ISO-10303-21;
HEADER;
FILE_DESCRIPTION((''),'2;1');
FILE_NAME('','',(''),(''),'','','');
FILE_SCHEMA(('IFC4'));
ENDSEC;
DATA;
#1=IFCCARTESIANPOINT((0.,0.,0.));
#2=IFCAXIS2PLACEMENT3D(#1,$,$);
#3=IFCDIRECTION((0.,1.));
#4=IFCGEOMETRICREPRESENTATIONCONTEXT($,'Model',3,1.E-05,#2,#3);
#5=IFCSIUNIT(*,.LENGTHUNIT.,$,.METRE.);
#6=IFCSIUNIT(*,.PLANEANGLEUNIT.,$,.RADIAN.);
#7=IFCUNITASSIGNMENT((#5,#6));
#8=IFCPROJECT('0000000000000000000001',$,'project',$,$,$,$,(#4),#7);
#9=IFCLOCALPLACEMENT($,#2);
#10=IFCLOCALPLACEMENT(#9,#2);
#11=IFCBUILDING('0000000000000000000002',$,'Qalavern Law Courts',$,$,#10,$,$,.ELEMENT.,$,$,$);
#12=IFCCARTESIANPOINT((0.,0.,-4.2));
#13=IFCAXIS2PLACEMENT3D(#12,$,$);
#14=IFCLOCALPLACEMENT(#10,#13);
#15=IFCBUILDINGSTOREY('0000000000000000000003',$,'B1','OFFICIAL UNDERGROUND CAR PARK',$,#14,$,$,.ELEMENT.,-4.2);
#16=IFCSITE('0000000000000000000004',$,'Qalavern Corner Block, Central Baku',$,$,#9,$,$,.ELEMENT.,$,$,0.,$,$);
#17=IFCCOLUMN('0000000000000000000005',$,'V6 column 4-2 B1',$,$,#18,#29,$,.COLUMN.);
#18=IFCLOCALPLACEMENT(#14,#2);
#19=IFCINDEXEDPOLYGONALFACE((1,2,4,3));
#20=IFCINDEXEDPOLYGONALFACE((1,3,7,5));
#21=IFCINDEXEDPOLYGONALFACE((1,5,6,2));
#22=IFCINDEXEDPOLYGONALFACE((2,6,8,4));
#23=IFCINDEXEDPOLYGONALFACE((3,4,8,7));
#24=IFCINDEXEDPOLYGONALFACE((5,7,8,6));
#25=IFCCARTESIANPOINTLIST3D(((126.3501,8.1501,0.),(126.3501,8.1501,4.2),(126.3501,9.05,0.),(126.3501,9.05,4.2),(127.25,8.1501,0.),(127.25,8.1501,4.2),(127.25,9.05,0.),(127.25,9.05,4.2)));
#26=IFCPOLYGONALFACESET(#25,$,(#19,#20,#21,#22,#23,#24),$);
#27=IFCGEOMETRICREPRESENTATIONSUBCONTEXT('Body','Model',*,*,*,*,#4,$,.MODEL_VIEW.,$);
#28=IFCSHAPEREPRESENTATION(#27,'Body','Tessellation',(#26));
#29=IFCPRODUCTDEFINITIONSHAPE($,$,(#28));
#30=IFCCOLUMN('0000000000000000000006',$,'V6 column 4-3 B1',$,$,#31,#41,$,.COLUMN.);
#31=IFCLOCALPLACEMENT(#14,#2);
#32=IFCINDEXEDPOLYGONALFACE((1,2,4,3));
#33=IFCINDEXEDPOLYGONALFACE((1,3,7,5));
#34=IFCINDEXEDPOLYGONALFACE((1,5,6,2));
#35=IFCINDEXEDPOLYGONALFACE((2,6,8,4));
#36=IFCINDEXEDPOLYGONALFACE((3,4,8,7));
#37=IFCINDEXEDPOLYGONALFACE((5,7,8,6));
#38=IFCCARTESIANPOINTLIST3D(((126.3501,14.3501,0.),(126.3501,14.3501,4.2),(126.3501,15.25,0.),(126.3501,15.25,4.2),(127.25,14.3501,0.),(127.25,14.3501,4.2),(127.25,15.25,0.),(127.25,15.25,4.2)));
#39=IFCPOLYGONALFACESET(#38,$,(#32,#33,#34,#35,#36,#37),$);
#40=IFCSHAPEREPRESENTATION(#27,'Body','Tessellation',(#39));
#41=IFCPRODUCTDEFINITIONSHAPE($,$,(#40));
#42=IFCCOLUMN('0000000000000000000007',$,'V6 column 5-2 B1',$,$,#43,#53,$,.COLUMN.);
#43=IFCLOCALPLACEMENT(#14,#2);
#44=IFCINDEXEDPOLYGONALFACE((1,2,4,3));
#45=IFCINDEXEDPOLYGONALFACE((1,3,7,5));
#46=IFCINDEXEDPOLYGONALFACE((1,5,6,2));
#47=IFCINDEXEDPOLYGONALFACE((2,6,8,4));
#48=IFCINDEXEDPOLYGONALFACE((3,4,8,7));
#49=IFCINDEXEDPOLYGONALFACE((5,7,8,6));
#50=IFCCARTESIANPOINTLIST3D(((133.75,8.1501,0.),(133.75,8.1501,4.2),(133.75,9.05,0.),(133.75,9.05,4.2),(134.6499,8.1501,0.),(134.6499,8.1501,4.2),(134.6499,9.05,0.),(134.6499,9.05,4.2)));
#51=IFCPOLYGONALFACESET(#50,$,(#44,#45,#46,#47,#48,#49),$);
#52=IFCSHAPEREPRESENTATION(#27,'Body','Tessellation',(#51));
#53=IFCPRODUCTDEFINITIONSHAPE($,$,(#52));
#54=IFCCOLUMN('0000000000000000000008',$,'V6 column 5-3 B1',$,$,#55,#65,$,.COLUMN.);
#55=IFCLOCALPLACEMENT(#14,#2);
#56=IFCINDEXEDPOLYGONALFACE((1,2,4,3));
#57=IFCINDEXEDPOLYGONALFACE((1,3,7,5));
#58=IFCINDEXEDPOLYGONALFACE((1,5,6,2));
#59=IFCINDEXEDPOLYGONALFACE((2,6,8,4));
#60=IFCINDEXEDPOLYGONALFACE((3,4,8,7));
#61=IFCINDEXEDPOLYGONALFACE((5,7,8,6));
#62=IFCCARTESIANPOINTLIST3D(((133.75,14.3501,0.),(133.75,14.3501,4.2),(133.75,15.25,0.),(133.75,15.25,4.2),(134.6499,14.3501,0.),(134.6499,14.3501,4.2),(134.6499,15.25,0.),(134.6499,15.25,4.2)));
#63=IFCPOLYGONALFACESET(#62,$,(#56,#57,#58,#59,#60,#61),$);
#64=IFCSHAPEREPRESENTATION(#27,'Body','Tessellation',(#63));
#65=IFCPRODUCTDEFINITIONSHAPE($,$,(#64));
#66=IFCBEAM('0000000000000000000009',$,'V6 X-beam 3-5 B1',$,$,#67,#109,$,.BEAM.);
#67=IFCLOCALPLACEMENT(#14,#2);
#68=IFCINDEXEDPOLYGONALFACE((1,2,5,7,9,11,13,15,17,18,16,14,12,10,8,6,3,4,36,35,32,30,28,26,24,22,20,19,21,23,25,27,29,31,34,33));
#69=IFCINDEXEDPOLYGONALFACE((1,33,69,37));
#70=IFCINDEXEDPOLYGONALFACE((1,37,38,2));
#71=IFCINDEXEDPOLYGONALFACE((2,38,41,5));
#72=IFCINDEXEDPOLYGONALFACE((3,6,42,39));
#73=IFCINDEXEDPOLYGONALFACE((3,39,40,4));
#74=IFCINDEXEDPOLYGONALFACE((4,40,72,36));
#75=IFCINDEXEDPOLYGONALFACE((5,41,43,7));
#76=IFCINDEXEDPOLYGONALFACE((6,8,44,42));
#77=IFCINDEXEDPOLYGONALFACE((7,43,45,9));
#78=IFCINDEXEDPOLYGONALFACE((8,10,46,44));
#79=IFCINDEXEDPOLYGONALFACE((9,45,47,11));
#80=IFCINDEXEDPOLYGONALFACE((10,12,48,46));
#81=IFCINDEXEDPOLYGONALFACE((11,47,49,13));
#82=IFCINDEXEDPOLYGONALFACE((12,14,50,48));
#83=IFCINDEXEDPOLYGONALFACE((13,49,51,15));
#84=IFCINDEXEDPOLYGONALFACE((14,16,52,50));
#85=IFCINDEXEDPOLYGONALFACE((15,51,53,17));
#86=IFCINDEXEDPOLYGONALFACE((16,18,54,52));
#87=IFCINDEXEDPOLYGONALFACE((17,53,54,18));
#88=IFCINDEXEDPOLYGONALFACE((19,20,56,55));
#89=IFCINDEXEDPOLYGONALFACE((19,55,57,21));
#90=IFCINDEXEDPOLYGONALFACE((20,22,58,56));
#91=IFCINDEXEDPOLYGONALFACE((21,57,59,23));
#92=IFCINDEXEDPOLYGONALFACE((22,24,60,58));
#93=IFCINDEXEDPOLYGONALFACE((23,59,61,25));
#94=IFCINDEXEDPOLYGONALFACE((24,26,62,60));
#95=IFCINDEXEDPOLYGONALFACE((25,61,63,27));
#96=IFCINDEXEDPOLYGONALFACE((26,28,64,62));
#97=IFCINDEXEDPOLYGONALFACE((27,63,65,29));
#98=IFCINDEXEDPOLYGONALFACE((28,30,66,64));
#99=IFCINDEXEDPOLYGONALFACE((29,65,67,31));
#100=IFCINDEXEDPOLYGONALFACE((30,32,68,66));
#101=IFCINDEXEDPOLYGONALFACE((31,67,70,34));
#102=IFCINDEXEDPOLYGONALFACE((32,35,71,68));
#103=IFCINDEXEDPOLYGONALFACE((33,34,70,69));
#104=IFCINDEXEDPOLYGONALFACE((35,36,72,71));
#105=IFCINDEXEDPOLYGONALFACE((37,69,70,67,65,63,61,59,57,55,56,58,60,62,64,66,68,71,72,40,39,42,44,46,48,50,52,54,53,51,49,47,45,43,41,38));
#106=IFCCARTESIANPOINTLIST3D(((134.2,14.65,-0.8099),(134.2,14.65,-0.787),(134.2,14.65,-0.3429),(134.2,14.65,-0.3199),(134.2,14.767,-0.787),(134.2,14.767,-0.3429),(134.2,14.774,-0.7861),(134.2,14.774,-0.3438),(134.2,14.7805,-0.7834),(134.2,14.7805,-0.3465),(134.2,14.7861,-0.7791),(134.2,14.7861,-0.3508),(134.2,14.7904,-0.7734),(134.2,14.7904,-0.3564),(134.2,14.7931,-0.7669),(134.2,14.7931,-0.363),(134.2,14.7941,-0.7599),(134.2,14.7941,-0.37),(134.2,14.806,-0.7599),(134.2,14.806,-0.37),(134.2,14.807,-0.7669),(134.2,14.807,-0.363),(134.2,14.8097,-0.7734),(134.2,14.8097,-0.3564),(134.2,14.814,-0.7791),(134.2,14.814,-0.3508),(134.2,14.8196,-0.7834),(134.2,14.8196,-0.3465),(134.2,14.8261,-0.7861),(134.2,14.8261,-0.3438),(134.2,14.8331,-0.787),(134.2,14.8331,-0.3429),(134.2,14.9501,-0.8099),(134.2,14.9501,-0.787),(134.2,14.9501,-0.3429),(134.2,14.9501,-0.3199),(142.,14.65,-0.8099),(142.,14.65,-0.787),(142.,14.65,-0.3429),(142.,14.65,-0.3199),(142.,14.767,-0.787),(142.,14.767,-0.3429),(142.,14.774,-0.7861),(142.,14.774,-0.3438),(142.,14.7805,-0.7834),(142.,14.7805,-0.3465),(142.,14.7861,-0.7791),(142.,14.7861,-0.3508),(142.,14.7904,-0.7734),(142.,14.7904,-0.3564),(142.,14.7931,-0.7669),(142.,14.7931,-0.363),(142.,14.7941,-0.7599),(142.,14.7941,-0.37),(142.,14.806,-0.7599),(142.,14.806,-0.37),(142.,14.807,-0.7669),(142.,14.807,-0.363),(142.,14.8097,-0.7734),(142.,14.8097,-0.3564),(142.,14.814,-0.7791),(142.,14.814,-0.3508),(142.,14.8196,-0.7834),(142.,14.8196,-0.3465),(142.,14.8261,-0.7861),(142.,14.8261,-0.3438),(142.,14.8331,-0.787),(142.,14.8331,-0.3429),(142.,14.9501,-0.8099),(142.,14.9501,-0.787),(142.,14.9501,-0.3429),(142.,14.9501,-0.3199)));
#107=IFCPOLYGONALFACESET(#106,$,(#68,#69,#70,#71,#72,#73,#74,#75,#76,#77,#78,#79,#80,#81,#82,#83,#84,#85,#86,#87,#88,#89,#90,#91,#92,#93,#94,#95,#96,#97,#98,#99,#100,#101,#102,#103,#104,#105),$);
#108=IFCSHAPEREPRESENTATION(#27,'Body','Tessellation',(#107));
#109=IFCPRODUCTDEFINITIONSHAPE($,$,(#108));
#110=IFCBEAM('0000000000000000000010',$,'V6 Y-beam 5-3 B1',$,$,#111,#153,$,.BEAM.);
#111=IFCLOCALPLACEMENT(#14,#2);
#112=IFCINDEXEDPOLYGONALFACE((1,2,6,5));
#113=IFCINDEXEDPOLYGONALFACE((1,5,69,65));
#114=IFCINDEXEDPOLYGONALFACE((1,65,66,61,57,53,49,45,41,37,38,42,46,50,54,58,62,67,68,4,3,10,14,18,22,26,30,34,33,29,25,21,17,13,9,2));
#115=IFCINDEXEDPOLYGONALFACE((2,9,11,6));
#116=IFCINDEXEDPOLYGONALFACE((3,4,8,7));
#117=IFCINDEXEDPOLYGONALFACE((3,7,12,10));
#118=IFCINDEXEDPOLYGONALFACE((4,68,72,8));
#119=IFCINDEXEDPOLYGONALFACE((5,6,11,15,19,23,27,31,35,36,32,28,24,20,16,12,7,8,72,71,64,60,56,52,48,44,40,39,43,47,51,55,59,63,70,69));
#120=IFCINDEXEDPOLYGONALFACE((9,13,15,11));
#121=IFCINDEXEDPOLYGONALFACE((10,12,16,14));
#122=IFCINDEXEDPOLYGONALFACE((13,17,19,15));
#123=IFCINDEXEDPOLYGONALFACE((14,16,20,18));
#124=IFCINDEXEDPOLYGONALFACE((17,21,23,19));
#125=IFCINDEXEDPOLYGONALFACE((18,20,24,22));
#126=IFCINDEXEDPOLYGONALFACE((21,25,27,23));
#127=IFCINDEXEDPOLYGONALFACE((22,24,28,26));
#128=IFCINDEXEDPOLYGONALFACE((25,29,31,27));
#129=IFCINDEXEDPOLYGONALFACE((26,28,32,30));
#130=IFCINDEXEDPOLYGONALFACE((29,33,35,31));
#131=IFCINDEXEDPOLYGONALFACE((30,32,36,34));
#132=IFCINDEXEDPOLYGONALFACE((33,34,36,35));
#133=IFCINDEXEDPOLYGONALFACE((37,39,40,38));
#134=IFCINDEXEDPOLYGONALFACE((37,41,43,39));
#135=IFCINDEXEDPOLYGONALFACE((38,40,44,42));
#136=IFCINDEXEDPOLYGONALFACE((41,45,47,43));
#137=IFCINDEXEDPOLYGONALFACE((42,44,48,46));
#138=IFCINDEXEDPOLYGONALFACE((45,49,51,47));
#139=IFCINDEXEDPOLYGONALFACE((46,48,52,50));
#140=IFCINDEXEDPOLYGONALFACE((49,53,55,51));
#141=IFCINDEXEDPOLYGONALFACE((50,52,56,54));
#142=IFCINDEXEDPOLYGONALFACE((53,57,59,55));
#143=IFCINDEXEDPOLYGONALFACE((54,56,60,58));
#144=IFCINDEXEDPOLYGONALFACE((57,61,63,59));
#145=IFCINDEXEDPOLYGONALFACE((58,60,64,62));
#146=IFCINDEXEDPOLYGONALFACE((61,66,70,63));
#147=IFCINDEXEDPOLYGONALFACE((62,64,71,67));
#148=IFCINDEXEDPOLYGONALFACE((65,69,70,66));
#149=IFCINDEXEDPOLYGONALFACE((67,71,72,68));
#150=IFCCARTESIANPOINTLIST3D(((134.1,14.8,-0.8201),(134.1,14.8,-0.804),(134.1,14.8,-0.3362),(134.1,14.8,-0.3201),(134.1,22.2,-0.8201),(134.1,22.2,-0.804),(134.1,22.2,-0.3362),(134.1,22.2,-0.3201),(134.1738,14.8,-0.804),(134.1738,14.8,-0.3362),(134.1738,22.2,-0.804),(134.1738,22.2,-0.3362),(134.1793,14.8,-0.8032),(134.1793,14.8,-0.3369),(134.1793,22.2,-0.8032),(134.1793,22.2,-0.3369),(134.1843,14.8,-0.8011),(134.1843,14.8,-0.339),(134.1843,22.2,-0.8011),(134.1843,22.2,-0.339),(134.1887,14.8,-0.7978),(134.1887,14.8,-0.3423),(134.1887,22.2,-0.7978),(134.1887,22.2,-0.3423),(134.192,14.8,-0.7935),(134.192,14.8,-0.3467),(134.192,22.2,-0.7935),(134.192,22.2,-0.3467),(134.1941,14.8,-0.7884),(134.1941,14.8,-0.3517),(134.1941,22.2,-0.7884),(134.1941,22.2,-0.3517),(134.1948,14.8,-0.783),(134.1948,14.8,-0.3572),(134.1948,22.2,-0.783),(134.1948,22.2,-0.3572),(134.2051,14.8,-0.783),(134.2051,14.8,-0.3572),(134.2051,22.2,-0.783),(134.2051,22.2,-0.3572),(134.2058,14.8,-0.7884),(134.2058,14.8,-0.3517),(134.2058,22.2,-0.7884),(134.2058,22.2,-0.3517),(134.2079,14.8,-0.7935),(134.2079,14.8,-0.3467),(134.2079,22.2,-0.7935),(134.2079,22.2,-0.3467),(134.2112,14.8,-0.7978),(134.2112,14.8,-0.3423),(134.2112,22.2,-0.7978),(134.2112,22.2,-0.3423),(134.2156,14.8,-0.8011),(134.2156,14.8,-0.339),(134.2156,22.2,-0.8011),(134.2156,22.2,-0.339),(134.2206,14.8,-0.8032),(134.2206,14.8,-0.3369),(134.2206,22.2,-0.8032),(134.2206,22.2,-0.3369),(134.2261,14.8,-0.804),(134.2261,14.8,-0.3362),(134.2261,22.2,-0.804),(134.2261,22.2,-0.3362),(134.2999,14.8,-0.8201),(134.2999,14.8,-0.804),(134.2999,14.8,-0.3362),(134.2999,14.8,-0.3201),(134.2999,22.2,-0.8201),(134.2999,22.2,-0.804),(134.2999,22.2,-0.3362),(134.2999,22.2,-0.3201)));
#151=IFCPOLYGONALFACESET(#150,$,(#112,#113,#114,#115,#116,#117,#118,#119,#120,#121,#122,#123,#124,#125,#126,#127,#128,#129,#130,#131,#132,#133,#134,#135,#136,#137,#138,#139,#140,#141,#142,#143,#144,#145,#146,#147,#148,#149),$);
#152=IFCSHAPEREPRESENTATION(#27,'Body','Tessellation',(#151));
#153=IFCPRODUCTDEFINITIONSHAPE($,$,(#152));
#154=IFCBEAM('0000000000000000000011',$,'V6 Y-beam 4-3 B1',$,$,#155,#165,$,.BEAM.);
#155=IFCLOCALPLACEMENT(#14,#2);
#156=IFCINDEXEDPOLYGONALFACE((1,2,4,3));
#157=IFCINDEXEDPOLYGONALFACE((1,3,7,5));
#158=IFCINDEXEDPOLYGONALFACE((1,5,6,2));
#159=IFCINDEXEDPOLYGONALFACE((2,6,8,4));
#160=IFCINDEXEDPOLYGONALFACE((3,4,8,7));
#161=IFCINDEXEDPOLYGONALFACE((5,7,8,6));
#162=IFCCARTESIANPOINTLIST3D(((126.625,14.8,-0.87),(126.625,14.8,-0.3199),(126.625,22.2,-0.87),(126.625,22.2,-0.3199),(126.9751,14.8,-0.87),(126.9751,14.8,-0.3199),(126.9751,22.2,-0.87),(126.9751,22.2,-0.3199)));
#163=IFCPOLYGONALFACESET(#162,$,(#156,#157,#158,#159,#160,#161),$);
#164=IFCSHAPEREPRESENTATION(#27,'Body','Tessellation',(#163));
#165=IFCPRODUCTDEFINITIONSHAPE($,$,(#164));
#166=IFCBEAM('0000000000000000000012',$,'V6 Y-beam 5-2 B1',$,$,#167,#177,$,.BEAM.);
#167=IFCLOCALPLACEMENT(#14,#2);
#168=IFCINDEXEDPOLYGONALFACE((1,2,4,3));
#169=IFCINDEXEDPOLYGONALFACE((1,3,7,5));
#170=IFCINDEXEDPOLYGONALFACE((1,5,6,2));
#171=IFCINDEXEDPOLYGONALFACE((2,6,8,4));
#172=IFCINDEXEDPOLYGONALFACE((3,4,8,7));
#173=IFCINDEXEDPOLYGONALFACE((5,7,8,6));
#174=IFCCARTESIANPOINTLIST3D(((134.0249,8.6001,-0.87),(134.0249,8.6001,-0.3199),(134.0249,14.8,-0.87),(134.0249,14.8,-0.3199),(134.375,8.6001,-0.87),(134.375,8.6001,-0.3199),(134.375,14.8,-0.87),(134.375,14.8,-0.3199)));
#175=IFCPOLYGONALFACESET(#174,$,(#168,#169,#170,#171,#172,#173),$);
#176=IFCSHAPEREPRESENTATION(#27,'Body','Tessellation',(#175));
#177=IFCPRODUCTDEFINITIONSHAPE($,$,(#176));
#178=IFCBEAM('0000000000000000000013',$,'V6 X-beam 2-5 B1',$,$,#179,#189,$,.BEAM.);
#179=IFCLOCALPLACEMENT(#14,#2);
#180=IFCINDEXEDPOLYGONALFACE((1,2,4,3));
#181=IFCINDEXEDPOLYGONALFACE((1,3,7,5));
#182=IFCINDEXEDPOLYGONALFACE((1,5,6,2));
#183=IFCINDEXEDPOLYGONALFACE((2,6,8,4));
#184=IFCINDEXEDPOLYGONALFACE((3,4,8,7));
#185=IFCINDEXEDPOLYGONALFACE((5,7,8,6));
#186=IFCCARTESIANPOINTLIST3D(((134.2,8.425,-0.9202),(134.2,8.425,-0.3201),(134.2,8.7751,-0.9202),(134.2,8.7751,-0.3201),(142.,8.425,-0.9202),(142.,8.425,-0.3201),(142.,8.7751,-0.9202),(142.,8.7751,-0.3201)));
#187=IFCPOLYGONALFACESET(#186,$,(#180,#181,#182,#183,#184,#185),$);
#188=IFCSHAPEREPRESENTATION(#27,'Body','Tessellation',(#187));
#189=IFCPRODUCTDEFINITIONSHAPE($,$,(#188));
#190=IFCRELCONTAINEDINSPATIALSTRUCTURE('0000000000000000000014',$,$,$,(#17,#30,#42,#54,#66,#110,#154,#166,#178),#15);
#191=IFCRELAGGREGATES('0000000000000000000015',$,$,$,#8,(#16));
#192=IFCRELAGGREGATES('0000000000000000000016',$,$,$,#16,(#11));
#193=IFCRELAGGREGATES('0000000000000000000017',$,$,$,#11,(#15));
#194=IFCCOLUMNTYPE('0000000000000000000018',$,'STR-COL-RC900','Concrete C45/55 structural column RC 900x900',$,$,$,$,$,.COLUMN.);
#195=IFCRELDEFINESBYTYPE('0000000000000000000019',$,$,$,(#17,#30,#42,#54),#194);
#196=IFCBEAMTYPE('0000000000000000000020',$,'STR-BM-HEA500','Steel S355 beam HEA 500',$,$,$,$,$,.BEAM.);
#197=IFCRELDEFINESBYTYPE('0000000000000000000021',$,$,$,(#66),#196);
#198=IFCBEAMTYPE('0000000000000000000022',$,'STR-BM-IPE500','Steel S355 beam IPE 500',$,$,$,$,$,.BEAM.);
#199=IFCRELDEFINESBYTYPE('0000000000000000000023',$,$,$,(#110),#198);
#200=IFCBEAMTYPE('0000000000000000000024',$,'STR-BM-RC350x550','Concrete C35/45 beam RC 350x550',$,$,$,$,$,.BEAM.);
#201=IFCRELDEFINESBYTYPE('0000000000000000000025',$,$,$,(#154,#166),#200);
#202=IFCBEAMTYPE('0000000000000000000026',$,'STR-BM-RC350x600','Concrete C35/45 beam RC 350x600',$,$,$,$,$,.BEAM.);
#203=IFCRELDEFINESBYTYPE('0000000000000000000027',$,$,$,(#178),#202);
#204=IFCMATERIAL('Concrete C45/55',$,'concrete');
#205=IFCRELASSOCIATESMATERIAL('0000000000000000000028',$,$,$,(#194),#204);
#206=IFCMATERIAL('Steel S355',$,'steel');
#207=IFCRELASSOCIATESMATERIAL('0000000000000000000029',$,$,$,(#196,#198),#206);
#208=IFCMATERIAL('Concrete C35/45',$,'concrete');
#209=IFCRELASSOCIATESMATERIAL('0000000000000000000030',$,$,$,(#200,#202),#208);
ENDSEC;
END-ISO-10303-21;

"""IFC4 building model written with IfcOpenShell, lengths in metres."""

from ifc_helpers import new_model, si_unit, direction, frame, origin, origin_2d, place, context, subcontext, project, spatial, rectangle, i_section, extrude, material, material_profile, profile_set, type_object, element, save


model = new_model("IFC4")

# Units and contexts
model_context = context("Model", 3, precision=1e-05, world=origin(), true_north=direction((0.0, 1.0)))
body_context = subcontext(model_context, "Body", "Model", "MODEL_VIEW")
ifc_project = project(units=[si_unit("LENGTHUNIT", "METRE"), si_unit("PLANEANGLEUNIT", "RADIAN")], contexts=[model_context])

# Site, building, storey
site_placement = place(None, origin())
site = spatial("IfcSite", under=ifc_project, at=site_placement, Name="Qalavern Corner Block, Central Baku", CompositionType="ELEMENT", RefElevation=0.0)
building_placement = place(site_placement, origin())
building = spatial("IfcBuilding", under=site, at=building_placement, Name="Qalavern Law Courts", CompositionType="ELEMENT")
storey_placement = place(building_placement, frame((0.0, 0.0, -4.2)))
storey = spatial("IfcBuildingStorey", under=building, at=storey_placement, Name="B1", Description="OFFICIAL UNDERGROUND CAR PARK", CompositionType="ELEMENT", Elevation=-4.2)

# Columns
ifc_material_1 = material(Name="Concrete C45/55", Category="concrete")
ifc_material_profile_1 = material_profile(ifc_material_1, rectangle(XDim=0.8999, YDim=0.8999, at=origin_2d()), Name="RC 900x900")
ifc_profile_set_1 = profile_set([ifc_material_profile_1], Name="Concrete C45/55")
column_type = type_object("IfcColumnType", Name="STR-COL-RC900", Description="Concrete C45/55 structural column RC 900x900", PredefinedType="COLUMN", material=ifc_profile_set_1)
for number, where, z_axis, x_axis, name in (
    (1, (126.8, 8.6001, 0.0), (0.0, 0.0, 1.0), (1.0, 0.0, 0.0), "V6 column 4-2 B1"),
    (2, (126.8, 14.8, 0.0), (0.0, 0.0, 1.0), (1.0, 0.0, 0.0), "V6 column 4-3 B1"),
    (3, (134.2, 8.6001, 0.0), (0.0, 0.0, 1.0), (1.0, 0.0, 0.0), "V6 column 5-2 B1"),
    (4, (134.2, 14.8, 0.0), (0.0, 0.0, 1.0), (1.0, 0.0, 0.0), "V6 column 5-3 B1"),
):
    element("IfcColumn", number, at=place(storey_placement, frame(where, z_axis=z_axis, x_axis=x_axis)), inside=storey, type_object=column_type, Name=name, PredefinedType="COLUMN", context=body_context, shape_type="SweptSolid", body=[
        extrude(rectangle(XDim=0.8999, YDim=0.8999, at=origin_2d()), origin(), (0.0, 0.0, 1.0), 4.2),
    ])

# Beams
ifc_material_2 = material(Name="Steel S355", Category="steel")
ifc_material_profile_2 = material_profile(ifc_material_2, i_section(OverallWidth=0.3, OverallDepth=0.49, WebThickness=0.012, FlangeThickness=0.0229, FilletRadius=0.0271, at=origin_2d()), Name="HEA 500")
ifc_profile_set_2 = profile_set([ifc_material_profile_2], Name="Steel S355")
beam_type_1 = type_object("IfcBeamType", Name="STR-BM-HEA500", Description="Steel S355 beam HEA 500", PredefinedType="BEAM", material=ifc_profile_set_2)
beam_1_placement = place(storey_placement, frame((134.2, 14.8, -0.5649), z_axis=(1.0, 0.0, 0.0), x_axis=(0.0, 1.0, 0.0)))
element("IfcBeam", 5, at=beam_1_placement, inside=storey, type_object=beam_type_1, Name="V6 X-beam 3-5 B1", PredefinedType="BEAM", context=body_context, shape_type="SweptSolid", body=[
    extrude(i_section(OverallWidth=0.3, OverallDepth=0.49, WebThickness=0.012, FlangeThickness=0.0229, FilletRadius=0.0271, at=origin_2d()), origin(), (0.0, 0.0, 1.0), 7.8),
])
ifc_material_profile_3 = material_profile(ifc_material_2, i_section(OverallWidth=0.2, OverallDepth=0.5, WebThickness=0.0103, FlangeThickness=0.0161, FilletRadius=0.021, at=origin_2d()), Name="IPE 500")
ifc_profile_set_3 = profile_set([ifc_material_profile_3], Name="Steel S355")
beam_type_2 = type_object("IfcBeamType", Name="STR-BM-IPE500", Description="Steel S355 beam IPE 500", PredefinedType="BEAM", material=ifc_profile_set_3)
beam_2_placement = place(storey_placement, frame((134.2, 14.8, -0.5701), z_axis=(0.0, 1.0, 0.0), x_axis=(-1.0, 0.0, 0.0)))
element("IfcBeam", 6, at=beam_2_placement, inside=storey, type_object=beam_type_2, Name="V6 Y-beam 5-3 B1", PredefinedType="BEAM", context=body_context, shape_type="SweptSolid", body=[
    extrude(i_section(OverallWidth=0.2, OverallDepth=0.5, WebThickness=0.0103, FlangeThickness=0.0161, FilletRadius=0.021, at=origin_2d()), origin(), (0.0, 0.0, 1.0), 7.3999),
])
ifc_material_3 = material(Name="Concrete C35/45", Category="concrete")
ifc_material_profile_4 = material_profile(ifc_material_3, rectangle(XDim=0.3501, YDim=0.55, at=origin_2d()), Name="RC 350x550")
ifc_profile_set_4 = profile_set([ifc_material_profile_4], Name="Concrete C35/45")
beam_type_3 = type_object("IfcBeamType", Name="STR-BM-RC350x550", Description="Concrete C35/45 beam RC 350x550", PredefinedType="BEAM", material=ifc_profile_set_4)
beam_3_placement = place(storey_placement, frame((126.8, 14.8, -0.595), z_axis=(0.0, 1.0, 0.0), x_axis=(-1.0, 0.0, 0.0)))
element("IfcBeam", 7, at=beam_3_placement, inside=storey, type_object=beam_type_3, Name="V6 Y-beam 4-3 B1", PredefinedType="BEAM", context=body_context, shape_type="SweptSolid", body=[
    extrude(rectangle(XDim=0.3501, YDim=0.55, at=origin_2d()), origin(), (0.0, 0.0, 1.0), 7.3999),
])
beam_4_placement = place(storey_placement, frame((134.2, 8.6001, -0.595), z_axis=(0.0, 1.0, 0.0), x_axis=(-1.0, 0.0, 0.0)))
element("IfcBeam", 8, at=beam_4_placement, inside=storey, type_object=beam_type_3, Name="V6 Y-beam 5-2 B1", PredefinedType="BEAM", context=body_context, shape_type="SweptSolid", body=[
    extrude(rectangle(XDim=0.3501, YDim=0.55, at=origin_2d()), origin(), (0.0, 0.0, 1.0), 6.2),
])
ifc_material_profile_5 = material_profile(ifc_material_3, rectangle(XDim=0.3501, YDim=0.6001, at=origin_2d()), Name="RC 350x600")
ifc_profile_set_5 = profile_set([ifc_material_profile_5], Name="Concrete C35/45")
beam_type_4 = type_object("IfcBeamType", Name="STR-BM-RC350x600", Description="Concrete C35/45 beam RC 350x600", PredefinedType="BEAM", material=ifc_profile_set_5)
beam_5_placement = place(storey_placement, frame((134.2, 8.6001, -0.6201), z_axis=(1.0, 0.0, 0.0), x_axis=(0.0, 1.0, 0.0)))
element("IfcBeam", 9, at=beam_5_placement, inside=storey, type_object=beam_type_4, Name="V6 X-beam 2-5 B1", PredefinedType="BEAM", context=body_context, shape_type="SweptSolid", body=[
    extrude(rectangle(XDim=0.3501, YDim=0.6001, at=origin_2d()), origin(), (0.0, 0.0, 1.0), 7.8),
])

save(model, "model.ifc")
